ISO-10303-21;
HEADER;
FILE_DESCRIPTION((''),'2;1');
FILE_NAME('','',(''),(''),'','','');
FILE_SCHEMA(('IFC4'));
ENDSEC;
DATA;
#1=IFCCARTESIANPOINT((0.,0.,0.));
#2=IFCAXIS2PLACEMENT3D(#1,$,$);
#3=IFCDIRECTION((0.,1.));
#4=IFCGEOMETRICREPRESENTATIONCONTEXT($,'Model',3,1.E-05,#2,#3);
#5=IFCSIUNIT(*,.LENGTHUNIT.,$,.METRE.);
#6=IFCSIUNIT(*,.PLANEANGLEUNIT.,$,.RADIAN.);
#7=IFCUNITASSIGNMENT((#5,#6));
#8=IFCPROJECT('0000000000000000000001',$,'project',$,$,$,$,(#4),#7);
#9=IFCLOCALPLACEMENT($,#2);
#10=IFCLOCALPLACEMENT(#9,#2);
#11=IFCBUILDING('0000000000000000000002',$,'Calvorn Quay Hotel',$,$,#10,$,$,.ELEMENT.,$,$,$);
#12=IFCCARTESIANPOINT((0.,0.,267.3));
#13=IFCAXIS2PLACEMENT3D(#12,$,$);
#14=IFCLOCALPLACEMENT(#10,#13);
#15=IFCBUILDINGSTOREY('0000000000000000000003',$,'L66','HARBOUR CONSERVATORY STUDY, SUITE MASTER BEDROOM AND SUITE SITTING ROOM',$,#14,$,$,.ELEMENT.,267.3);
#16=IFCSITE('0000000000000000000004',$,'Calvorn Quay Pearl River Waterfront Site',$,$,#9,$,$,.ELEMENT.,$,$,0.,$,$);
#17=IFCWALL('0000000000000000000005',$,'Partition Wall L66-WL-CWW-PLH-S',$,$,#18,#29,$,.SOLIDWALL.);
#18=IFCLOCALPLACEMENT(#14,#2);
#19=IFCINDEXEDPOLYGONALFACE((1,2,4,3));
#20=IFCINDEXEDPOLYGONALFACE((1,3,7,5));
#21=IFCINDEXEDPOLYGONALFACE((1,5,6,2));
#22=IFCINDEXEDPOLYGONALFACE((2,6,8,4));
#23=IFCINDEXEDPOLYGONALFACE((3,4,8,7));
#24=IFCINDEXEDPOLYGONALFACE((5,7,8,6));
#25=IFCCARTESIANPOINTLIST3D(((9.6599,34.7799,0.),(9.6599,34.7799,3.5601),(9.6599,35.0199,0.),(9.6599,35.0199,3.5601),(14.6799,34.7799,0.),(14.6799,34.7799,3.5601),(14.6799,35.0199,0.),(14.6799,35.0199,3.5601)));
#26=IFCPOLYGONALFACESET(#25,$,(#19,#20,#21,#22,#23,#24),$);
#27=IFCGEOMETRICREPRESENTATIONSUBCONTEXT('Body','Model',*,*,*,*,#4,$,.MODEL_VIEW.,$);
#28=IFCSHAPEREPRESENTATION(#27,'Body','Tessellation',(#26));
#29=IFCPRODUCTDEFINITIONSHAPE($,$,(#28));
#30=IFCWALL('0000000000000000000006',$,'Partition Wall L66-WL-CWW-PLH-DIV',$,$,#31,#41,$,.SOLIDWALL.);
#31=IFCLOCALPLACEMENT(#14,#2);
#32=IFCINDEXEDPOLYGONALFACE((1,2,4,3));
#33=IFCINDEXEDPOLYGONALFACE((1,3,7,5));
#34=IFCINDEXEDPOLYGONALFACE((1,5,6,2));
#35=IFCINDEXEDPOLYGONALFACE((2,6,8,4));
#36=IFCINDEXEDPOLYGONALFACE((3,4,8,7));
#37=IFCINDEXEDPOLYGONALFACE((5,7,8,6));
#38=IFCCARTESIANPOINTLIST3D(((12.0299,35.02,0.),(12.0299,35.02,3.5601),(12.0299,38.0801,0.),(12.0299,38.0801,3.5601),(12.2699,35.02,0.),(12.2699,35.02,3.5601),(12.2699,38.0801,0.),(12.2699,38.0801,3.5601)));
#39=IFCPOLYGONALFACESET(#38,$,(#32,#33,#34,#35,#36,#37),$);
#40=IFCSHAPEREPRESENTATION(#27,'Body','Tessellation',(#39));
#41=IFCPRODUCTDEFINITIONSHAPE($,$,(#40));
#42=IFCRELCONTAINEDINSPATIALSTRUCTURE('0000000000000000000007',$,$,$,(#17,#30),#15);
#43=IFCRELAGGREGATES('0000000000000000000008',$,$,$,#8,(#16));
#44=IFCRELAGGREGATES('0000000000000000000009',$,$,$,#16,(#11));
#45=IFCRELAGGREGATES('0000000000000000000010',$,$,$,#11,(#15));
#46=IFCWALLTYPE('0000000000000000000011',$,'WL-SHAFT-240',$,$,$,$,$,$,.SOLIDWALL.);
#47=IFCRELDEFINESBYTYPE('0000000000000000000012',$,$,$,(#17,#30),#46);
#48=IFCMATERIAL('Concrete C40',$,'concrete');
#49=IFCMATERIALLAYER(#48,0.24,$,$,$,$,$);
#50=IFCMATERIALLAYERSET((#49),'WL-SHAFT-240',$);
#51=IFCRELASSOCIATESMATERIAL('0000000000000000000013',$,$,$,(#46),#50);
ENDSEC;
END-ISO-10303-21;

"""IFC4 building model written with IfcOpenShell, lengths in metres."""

from ifc_helpers import new_model, si_unit, direction, frame, frame_2d, origin, place, context, subcontext, project, spatial, rectangle, extrude, material, layer, layer_set, type_object, element, save


model = new_model("IFC4")

# Units and contexts
model_context = context("Model", 3, precision=1e-05, world=origin(), true_north=direction((0.0, 1.0)))
body_context = subcontext(model_context, "Body", "Model", "MODEL_VIEW")
ifc_project = project(units=[si_unit("LENGTHUNIT", "METRE"), si_unit("PLANEANGLEUNIT", "RADIAN")], contexts=[model_context])

# Site, building, storey
site_placement = place(None, origin())
site = spatial("IfcSite", under=ifc_project, at=site_placement, Name="Calvorn Quay Pearl River Waterfront Site", CompositionType="ELEMENT", RefElevation=0.0)
building_placement = place(site_placement, origin())
building = spatial("IfcBuilding", under=site, at=building_placement, Name="Calvorn Quay Hotel", CompositionType="ELEMENT")
storey_placement = place(building_placement, frame((0.0, 0.0, 267.3)))
storey = spatial("IfcBuildingStorey", under=building, at=storey_placement, Name="L66", Description="HARBOUR CONSERVATORY STUDY, SUITE MASTER BEDROOM AND SUITE SITTING ROOM", CompositionType="ELEMENT", Elevation=267.3)

# Walls
ifc_material_1 = material(Name="Concrete C40", Category="concrete")
ifc_layer_1 = layer(ifc_material_1, 0.24)
ifc_layer_set_1 = layer_set([ifc_layer_1], Name="WL-SHAFT-240")
wall_type_1 = type_object("IfcWallType", Name="WL-SHAFT-240", PredefinedType="SOLIDWALL", material=ifc_layer_set_1)
wall_1_placement = place(storey_placement, frame((9.6599, 34.8999, 0.0), z_axis=(0.0, 0.0, 1.0), x_axis=(1.0, 0.0, 0.0)))
element("IfcWall", 1, at=wall_1_placement, inside=storey, type_object=wall_type_1, Name="Partition Wall L66-WL-CWW-PLH-S", PredefinedType="SOLIDWALL", context=body_context, shape_type="SweptSolid", body=[
    extrude(rectangle(XDim=5.02, YDim=0.24, at=frame_2d((2.51, 0.0))), origin(), (0.0, 0.0, 1.0), 3.5601),
])
wall_2_placement = place(storey_placement, frame((12.1499, 35.02, 0.0), z_axis=(0.0, 0.0, 1.0), x_axis=(0.0, 1.0, 0.0)))
element("IfcWall", 2, at=wall_2_placement, inside=storey, type_object=wall_type_1, Name="Partition Wall L66-WL-CWW-PLH-DIV", PredefinedType="SOLIDWALL", context=body_context, shape_type="SweptSolid", body=[
    extrude(rectangle(XDim=3.0601, YDim=0.24, at=frame_2d((1.53, 0.0))), origin(), (0.0, 0.0, 1.0), 3.5601),
])

save(model, "model.ifc")
